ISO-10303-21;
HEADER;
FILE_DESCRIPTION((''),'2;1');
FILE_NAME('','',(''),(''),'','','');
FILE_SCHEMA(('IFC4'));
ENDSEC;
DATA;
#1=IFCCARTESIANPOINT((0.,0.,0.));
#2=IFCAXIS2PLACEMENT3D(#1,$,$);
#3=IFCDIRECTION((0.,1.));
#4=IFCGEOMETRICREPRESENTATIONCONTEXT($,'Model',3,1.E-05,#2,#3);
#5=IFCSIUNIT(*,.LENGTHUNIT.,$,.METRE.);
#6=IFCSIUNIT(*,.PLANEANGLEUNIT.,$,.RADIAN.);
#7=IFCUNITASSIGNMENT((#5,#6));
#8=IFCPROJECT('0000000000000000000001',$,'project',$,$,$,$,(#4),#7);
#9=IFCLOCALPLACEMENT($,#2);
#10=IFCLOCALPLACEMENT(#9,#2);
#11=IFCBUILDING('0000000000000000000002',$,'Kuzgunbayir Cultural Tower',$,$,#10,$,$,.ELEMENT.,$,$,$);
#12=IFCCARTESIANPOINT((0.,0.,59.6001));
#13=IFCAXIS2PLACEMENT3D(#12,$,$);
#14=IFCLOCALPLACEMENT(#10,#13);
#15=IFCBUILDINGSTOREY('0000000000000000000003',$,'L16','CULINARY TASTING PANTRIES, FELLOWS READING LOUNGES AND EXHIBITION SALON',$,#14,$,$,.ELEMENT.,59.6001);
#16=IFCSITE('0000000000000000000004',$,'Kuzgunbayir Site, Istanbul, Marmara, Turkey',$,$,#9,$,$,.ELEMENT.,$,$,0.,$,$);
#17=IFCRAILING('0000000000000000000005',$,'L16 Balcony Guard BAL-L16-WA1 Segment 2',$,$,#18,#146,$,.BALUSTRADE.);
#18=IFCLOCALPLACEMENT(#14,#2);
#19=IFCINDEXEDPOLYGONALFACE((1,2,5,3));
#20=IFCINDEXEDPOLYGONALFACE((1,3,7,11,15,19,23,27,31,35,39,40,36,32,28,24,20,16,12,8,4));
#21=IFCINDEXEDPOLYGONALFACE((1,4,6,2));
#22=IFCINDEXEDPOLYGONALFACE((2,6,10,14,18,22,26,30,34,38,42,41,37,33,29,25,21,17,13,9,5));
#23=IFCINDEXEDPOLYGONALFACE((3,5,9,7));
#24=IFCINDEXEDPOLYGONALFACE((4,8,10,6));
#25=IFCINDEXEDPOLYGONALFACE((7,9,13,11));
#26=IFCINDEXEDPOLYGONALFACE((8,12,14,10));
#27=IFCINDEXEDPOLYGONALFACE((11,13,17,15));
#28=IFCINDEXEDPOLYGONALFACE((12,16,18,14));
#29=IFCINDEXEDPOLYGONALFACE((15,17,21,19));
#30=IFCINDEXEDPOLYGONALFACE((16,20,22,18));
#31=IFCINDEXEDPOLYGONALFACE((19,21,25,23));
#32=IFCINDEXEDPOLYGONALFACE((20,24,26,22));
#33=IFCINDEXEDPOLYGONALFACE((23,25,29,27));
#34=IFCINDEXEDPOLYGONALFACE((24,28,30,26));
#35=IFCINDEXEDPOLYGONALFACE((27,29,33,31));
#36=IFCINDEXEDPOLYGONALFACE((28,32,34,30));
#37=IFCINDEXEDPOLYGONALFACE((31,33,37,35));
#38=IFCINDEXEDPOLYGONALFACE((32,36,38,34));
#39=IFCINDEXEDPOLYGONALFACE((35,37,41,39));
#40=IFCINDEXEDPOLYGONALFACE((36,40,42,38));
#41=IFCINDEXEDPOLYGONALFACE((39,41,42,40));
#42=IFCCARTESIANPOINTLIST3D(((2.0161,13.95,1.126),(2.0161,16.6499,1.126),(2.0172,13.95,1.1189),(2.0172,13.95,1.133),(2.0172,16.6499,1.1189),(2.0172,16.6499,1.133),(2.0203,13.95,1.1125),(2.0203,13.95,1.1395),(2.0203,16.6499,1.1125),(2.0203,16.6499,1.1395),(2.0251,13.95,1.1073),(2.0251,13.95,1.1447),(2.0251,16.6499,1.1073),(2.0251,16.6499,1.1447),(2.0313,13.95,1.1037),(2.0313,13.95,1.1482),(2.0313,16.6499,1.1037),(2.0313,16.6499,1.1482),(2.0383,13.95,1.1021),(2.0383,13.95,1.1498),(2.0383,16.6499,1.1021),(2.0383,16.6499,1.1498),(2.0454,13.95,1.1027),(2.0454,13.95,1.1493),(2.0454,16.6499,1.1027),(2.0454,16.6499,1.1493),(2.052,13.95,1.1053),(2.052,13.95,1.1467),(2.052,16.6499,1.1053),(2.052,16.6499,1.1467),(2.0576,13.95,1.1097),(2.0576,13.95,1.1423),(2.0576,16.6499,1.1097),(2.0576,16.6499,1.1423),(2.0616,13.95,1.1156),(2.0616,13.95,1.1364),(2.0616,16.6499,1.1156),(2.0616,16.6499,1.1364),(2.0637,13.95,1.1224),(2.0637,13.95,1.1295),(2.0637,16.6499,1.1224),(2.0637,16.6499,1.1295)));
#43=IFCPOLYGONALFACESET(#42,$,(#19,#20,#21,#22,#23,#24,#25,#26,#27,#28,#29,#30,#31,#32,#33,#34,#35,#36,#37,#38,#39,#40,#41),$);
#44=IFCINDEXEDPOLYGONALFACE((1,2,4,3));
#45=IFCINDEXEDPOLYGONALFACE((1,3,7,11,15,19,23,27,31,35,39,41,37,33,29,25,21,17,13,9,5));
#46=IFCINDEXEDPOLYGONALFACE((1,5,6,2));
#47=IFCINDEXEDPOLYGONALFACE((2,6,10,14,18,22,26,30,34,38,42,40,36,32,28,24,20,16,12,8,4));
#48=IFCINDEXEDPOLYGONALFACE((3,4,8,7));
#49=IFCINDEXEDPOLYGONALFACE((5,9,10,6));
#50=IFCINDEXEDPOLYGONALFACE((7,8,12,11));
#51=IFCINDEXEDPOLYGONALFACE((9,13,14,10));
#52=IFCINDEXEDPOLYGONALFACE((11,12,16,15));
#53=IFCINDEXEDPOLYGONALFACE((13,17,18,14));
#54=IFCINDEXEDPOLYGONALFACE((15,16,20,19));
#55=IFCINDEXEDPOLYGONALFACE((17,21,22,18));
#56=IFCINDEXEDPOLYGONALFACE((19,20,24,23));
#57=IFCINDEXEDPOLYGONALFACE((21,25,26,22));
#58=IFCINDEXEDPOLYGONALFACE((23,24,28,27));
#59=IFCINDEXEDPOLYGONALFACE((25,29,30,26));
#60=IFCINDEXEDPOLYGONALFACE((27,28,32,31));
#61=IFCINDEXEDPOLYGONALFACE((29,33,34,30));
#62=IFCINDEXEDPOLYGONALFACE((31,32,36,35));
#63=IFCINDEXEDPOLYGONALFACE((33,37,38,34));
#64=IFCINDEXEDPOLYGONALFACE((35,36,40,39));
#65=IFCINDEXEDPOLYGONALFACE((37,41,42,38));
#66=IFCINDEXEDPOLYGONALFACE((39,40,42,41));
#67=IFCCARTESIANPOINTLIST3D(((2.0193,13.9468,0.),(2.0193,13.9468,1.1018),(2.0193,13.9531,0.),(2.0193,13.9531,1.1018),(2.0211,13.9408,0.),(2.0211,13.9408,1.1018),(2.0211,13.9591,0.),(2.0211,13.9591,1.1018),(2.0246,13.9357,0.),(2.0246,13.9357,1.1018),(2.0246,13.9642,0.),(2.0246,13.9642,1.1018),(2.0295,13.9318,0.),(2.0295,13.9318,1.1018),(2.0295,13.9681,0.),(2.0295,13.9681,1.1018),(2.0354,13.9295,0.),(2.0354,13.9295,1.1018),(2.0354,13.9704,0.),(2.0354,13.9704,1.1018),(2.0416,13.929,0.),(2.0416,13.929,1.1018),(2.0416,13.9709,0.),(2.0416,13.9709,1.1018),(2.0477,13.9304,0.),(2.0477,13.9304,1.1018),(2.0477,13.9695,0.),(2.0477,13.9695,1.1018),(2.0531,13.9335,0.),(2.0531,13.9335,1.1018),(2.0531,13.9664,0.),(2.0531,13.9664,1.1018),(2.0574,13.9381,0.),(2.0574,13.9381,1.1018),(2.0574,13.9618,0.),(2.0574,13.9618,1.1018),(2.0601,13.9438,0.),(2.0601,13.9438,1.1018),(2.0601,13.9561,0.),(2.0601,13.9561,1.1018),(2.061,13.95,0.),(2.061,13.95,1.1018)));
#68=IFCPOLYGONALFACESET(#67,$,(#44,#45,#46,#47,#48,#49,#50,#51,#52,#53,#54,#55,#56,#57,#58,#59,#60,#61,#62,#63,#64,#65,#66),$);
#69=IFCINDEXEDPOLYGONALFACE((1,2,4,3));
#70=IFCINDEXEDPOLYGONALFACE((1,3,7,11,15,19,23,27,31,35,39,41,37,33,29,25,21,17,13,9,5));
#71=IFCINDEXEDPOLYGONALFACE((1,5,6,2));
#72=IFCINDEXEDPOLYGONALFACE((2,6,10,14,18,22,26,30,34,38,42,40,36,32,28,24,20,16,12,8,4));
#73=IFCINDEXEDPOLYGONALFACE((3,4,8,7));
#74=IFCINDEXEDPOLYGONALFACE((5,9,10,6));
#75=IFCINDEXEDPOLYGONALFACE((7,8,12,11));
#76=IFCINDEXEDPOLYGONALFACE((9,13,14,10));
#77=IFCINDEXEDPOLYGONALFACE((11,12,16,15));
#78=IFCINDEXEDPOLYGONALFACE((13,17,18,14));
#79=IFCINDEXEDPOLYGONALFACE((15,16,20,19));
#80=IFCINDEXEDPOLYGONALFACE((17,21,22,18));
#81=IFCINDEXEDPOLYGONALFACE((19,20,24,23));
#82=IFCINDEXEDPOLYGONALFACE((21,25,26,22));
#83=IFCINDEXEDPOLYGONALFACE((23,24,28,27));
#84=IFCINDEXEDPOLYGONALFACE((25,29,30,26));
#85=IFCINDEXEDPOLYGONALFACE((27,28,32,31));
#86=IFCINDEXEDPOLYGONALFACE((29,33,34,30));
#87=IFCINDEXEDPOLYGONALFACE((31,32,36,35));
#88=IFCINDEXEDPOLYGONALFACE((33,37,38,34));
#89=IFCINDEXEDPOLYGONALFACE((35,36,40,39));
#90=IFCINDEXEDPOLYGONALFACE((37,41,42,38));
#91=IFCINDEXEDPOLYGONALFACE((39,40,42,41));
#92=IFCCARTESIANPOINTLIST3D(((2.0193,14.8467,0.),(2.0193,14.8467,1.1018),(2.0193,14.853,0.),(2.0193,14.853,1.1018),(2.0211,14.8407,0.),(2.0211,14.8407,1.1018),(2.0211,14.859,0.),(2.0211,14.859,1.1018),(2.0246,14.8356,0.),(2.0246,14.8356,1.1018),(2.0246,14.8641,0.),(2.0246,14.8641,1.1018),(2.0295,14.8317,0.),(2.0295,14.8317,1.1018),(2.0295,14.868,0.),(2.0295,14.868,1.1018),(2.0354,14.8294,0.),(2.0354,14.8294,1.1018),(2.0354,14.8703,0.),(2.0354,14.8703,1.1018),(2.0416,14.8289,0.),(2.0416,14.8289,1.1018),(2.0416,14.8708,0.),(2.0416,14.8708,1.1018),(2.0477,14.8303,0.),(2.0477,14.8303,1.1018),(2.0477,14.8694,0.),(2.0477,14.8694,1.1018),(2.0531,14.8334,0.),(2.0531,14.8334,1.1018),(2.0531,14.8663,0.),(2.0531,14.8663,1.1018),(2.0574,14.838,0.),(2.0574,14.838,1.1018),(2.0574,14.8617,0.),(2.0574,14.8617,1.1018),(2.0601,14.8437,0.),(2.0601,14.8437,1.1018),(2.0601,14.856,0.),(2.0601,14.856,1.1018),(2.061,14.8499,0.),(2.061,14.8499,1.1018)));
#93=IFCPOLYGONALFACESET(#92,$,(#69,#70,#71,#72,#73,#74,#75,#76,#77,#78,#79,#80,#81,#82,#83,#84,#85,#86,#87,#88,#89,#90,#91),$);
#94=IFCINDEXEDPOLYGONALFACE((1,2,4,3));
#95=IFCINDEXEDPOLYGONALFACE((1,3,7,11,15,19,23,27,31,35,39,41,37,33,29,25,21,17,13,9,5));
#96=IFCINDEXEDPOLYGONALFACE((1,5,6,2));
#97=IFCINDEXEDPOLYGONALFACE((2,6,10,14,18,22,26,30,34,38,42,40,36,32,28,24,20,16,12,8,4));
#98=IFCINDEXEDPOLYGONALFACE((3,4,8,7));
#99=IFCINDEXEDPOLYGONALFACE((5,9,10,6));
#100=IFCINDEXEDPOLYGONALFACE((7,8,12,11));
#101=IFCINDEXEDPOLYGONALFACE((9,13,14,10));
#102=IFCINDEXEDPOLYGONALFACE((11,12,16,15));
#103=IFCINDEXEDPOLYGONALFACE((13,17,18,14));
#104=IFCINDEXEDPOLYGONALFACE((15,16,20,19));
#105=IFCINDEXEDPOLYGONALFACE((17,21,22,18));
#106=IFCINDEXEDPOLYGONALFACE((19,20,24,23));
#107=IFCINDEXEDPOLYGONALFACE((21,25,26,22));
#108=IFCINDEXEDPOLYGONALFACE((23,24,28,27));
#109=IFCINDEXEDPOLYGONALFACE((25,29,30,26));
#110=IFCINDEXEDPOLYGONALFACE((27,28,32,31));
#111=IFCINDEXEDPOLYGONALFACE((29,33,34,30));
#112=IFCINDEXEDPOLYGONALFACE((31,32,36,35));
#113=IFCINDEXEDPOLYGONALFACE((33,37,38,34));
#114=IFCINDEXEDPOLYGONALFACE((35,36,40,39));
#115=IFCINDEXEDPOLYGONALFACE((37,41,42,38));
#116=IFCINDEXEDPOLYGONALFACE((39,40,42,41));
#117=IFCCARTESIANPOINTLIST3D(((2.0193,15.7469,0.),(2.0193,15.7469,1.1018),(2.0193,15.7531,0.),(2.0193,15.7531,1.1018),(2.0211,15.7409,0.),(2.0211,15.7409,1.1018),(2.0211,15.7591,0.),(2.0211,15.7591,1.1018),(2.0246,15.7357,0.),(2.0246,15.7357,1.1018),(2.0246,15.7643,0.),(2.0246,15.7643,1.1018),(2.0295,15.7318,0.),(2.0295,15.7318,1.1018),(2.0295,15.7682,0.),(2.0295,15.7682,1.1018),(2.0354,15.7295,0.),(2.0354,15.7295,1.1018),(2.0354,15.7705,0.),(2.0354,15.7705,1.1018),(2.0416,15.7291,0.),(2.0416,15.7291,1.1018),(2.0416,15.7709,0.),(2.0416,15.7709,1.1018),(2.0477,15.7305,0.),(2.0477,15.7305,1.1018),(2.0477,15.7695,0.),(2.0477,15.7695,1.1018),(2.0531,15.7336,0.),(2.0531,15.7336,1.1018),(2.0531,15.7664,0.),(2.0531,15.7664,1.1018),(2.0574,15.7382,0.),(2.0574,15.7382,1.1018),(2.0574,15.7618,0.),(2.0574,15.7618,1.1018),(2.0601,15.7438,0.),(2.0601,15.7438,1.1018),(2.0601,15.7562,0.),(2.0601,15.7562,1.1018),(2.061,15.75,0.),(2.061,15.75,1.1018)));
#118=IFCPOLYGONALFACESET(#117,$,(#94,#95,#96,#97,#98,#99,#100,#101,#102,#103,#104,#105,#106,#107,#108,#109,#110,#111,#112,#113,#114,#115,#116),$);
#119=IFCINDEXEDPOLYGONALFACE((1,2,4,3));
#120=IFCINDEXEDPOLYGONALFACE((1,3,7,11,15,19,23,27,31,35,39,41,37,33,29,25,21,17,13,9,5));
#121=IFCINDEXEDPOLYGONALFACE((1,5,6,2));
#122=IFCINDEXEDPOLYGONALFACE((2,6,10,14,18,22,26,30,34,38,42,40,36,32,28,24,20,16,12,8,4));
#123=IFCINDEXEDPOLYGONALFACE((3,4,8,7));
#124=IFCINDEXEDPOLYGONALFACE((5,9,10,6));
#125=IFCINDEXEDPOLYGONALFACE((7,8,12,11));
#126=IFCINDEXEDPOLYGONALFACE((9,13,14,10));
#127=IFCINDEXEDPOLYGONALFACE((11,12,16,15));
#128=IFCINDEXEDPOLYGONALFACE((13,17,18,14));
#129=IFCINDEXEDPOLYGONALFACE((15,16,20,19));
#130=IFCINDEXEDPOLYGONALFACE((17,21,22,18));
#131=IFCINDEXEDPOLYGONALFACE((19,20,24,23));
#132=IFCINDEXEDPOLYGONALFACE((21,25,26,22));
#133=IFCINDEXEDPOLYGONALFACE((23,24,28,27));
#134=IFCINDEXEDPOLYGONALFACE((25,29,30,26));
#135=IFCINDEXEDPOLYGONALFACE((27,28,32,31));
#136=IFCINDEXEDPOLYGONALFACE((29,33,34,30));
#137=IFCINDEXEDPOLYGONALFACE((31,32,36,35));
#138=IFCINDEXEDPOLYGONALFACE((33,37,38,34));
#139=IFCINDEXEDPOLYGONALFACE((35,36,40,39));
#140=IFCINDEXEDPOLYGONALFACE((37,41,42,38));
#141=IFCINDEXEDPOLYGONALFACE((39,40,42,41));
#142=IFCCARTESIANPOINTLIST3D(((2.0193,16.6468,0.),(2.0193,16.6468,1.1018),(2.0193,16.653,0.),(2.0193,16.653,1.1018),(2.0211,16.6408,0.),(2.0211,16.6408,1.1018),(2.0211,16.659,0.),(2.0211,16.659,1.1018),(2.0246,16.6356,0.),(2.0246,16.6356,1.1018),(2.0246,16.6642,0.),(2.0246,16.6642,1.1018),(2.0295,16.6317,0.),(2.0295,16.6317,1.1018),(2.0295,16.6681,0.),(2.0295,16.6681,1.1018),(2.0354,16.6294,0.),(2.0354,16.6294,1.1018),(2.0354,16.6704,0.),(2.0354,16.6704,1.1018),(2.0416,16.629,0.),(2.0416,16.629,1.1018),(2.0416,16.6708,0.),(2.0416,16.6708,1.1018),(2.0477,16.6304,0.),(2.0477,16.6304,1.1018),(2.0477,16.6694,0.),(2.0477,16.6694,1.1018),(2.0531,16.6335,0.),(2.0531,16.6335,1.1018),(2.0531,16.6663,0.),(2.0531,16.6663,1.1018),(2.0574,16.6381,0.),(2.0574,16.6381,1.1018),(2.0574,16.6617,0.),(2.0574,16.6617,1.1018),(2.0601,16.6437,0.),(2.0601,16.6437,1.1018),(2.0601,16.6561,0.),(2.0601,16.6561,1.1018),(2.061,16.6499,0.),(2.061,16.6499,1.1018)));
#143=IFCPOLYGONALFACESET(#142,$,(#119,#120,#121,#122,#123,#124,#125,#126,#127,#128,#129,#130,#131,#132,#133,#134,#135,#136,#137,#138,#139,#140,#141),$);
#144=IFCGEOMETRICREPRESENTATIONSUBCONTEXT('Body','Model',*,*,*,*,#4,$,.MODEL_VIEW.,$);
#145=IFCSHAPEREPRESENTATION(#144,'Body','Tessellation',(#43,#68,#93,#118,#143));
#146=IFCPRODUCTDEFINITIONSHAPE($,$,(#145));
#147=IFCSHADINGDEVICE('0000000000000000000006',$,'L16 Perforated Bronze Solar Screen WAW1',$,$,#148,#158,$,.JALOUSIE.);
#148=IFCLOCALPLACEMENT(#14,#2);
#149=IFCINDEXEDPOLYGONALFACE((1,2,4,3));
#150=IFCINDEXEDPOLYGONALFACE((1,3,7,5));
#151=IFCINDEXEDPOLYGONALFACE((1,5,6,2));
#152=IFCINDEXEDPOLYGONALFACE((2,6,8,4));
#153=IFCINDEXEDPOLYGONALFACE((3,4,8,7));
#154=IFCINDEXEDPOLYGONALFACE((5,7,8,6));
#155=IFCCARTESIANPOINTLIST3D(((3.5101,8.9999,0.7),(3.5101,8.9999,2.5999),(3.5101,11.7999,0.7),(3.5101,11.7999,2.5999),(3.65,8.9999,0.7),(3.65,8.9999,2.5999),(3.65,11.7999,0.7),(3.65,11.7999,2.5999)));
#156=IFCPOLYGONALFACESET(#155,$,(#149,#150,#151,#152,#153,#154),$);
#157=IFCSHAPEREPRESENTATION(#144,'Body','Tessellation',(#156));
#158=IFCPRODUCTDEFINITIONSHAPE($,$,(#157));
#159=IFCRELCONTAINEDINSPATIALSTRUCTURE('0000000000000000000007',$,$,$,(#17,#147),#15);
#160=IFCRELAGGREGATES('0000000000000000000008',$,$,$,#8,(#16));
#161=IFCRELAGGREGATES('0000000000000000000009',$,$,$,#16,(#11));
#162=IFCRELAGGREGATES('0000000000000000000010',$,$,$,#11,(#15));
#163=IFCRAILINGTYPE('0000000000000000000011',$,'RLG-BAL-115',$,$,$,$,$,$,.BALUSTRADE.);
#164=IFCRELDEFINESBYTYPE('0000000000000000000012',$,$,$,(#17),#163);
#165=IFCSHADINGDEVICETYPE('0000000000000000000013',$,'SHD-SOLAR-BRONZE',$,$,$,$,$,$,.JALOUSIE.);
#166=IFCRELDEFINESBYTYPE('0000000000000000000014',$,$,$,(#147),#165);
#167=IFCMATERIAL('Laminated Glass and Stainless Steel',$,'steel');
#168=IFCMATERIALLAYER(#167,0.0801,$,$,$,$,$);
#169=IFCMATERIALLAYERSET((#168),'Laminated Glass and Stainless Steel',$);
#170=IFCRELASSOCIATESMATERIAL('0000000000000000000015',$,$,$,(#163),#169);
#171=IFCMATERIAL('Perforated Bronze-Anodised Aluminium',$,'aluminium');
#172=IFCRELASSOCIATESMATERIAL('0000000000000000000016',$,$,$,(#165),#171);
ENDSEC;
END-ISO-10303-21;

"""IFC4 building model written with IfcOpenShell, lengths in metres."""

from ifc_helpers import new_model, si_unit, direction, frame, origin, origin_2d, place, context, subcontext, project, spatial, rectangle, circle, extrude, material, layer, layer_set, type_object, element, save


model = new_model("IFC4")

# Units and contexts
model_context = context("Model", 3, precision=1e-05, world=origin(), true_north=direction((0.0, 1.0)))
body_context = subcontext(model_context, "Body", "Model", "MODEL_VIEW")
ifc_project = project(units=[si_unit("LENGTHUNIT", "METRE"), si_unit("PLANEANGLEUNIT", "RADIAN")], contexts=[model_context])

# Site, building, storey
site_placement = place(None, origin())
site = spatial("IfcSite", under=ifc_project, at=site_placement, Name="Kuzgunbayir Site, Istanbul, Marmara, Turkey", CompositionType="ELEMENT", RefElevation=0.0)
building_placement = place(site_placement, origin())
building = spatial("IfcBuilding", under=site, at=building_placement, Name="Kuzgunbayir Cultural Tower", CompositionType="ELEMENT")
storey_placement = place(building_placement, frame((0.0, 0.0, 59.6001)))
storey = spatial("IfcBuildingStorey", under=building, at=storey_placement, Name="L16", Description="CULINARY TASTING PANTRIES, FELLOWS READING LOUNGES AND EXHIBITION SALON", CompositionType="ELEMENT", Elevation=59.6001)

# Railing
ifc_material_1 = material(Name="Laminated Glass and Stainless Steel", Category="steel")
ifc_layer_1 = layer(ifc_material_1, 0.0801)
ifc_layer_set_1 = layer_set([ifc_layer_1], Name="Laminated Glass and Stainless Steel")
railing_type = type_object("IfcRailingType", Name="RLG-BAL-115", PredefinedType="BALUSTRADE", material=ifc_layer_set_1)
railing_1_placement = place(storey_placement, frame((2.04, 13.95, 0.0)))
element("IfcRailing", 1, at=railing_1_placement, inside=storey, type_object=railing_type, Name="L16 Balcony Guard BAL-L16-WA1 Segment 2", PredefinedType="BALUSTRADE", context=body_context, shape_type="SweptSolid", body=[
    extrude(circle(Radius=0.0239, at=origin_2d()), frame((0.0, 0.0, 1.126), z_axis=(0.0, 1.0, 0.0), x_axis=(-1.0, 0.0, 0.0)), (0.0, 0.0, 1.0), 2.7),
    extrude(circle(Radius=0.021, at=origin_2d()), origin(), (0.0, 0.0, 1.0), 1.1018),
    extrude(circle(Radius=0.021, at=origin_2d()), frame((0.0, 0.8999, 0.0)), (0.0, 0.0, 1.0), 1.1018),
    extrude(circle(Radius=0.021, at=origin_2d()), frame((0.0, 1.8, 0.0)), (0.0, 0.0, 1.0), 1.1018),
    extrude(circle(Radius=0.021, at=origin_2d()), frame((0.0, 2.7, 0.0)), (0.0, 0.0, 1.0), 1.1018),
])

# Shading device
ifc_material_2 = material(Name="Perforated Bronze-Anodised Aluminium", Category="aluminium")
shading_device_type = type_object("IfcShadingDeviceType", Name="SHD-SOLAR-BRONZE", PredefinedType="JALOUSIE", material=ifc_material_2)
shading_device_placement = place(storey_placement, frame((3.5801, 10.3999, 0.7), z_axis=(0.0, 0.0, 1.0), x_axis=(1.0, 0.0, 0.0)))
element("IfcShadingDevice", 2, at=shading_device_placement, inside=storey, type_object=shading_device_type, Name="L16 Perforated Bronze Solar Screen WAW1", PredefinedType="JALOUSIE", context=body_context, shape_type="SweptSolid", body=[
    extrude(rectangle(XDim=0.1399, YDim=2.8, at=origin_2d()), origin(), (0.0, 0.0, 1.0), 1.8999),
])

save(model, "model.ifc")
